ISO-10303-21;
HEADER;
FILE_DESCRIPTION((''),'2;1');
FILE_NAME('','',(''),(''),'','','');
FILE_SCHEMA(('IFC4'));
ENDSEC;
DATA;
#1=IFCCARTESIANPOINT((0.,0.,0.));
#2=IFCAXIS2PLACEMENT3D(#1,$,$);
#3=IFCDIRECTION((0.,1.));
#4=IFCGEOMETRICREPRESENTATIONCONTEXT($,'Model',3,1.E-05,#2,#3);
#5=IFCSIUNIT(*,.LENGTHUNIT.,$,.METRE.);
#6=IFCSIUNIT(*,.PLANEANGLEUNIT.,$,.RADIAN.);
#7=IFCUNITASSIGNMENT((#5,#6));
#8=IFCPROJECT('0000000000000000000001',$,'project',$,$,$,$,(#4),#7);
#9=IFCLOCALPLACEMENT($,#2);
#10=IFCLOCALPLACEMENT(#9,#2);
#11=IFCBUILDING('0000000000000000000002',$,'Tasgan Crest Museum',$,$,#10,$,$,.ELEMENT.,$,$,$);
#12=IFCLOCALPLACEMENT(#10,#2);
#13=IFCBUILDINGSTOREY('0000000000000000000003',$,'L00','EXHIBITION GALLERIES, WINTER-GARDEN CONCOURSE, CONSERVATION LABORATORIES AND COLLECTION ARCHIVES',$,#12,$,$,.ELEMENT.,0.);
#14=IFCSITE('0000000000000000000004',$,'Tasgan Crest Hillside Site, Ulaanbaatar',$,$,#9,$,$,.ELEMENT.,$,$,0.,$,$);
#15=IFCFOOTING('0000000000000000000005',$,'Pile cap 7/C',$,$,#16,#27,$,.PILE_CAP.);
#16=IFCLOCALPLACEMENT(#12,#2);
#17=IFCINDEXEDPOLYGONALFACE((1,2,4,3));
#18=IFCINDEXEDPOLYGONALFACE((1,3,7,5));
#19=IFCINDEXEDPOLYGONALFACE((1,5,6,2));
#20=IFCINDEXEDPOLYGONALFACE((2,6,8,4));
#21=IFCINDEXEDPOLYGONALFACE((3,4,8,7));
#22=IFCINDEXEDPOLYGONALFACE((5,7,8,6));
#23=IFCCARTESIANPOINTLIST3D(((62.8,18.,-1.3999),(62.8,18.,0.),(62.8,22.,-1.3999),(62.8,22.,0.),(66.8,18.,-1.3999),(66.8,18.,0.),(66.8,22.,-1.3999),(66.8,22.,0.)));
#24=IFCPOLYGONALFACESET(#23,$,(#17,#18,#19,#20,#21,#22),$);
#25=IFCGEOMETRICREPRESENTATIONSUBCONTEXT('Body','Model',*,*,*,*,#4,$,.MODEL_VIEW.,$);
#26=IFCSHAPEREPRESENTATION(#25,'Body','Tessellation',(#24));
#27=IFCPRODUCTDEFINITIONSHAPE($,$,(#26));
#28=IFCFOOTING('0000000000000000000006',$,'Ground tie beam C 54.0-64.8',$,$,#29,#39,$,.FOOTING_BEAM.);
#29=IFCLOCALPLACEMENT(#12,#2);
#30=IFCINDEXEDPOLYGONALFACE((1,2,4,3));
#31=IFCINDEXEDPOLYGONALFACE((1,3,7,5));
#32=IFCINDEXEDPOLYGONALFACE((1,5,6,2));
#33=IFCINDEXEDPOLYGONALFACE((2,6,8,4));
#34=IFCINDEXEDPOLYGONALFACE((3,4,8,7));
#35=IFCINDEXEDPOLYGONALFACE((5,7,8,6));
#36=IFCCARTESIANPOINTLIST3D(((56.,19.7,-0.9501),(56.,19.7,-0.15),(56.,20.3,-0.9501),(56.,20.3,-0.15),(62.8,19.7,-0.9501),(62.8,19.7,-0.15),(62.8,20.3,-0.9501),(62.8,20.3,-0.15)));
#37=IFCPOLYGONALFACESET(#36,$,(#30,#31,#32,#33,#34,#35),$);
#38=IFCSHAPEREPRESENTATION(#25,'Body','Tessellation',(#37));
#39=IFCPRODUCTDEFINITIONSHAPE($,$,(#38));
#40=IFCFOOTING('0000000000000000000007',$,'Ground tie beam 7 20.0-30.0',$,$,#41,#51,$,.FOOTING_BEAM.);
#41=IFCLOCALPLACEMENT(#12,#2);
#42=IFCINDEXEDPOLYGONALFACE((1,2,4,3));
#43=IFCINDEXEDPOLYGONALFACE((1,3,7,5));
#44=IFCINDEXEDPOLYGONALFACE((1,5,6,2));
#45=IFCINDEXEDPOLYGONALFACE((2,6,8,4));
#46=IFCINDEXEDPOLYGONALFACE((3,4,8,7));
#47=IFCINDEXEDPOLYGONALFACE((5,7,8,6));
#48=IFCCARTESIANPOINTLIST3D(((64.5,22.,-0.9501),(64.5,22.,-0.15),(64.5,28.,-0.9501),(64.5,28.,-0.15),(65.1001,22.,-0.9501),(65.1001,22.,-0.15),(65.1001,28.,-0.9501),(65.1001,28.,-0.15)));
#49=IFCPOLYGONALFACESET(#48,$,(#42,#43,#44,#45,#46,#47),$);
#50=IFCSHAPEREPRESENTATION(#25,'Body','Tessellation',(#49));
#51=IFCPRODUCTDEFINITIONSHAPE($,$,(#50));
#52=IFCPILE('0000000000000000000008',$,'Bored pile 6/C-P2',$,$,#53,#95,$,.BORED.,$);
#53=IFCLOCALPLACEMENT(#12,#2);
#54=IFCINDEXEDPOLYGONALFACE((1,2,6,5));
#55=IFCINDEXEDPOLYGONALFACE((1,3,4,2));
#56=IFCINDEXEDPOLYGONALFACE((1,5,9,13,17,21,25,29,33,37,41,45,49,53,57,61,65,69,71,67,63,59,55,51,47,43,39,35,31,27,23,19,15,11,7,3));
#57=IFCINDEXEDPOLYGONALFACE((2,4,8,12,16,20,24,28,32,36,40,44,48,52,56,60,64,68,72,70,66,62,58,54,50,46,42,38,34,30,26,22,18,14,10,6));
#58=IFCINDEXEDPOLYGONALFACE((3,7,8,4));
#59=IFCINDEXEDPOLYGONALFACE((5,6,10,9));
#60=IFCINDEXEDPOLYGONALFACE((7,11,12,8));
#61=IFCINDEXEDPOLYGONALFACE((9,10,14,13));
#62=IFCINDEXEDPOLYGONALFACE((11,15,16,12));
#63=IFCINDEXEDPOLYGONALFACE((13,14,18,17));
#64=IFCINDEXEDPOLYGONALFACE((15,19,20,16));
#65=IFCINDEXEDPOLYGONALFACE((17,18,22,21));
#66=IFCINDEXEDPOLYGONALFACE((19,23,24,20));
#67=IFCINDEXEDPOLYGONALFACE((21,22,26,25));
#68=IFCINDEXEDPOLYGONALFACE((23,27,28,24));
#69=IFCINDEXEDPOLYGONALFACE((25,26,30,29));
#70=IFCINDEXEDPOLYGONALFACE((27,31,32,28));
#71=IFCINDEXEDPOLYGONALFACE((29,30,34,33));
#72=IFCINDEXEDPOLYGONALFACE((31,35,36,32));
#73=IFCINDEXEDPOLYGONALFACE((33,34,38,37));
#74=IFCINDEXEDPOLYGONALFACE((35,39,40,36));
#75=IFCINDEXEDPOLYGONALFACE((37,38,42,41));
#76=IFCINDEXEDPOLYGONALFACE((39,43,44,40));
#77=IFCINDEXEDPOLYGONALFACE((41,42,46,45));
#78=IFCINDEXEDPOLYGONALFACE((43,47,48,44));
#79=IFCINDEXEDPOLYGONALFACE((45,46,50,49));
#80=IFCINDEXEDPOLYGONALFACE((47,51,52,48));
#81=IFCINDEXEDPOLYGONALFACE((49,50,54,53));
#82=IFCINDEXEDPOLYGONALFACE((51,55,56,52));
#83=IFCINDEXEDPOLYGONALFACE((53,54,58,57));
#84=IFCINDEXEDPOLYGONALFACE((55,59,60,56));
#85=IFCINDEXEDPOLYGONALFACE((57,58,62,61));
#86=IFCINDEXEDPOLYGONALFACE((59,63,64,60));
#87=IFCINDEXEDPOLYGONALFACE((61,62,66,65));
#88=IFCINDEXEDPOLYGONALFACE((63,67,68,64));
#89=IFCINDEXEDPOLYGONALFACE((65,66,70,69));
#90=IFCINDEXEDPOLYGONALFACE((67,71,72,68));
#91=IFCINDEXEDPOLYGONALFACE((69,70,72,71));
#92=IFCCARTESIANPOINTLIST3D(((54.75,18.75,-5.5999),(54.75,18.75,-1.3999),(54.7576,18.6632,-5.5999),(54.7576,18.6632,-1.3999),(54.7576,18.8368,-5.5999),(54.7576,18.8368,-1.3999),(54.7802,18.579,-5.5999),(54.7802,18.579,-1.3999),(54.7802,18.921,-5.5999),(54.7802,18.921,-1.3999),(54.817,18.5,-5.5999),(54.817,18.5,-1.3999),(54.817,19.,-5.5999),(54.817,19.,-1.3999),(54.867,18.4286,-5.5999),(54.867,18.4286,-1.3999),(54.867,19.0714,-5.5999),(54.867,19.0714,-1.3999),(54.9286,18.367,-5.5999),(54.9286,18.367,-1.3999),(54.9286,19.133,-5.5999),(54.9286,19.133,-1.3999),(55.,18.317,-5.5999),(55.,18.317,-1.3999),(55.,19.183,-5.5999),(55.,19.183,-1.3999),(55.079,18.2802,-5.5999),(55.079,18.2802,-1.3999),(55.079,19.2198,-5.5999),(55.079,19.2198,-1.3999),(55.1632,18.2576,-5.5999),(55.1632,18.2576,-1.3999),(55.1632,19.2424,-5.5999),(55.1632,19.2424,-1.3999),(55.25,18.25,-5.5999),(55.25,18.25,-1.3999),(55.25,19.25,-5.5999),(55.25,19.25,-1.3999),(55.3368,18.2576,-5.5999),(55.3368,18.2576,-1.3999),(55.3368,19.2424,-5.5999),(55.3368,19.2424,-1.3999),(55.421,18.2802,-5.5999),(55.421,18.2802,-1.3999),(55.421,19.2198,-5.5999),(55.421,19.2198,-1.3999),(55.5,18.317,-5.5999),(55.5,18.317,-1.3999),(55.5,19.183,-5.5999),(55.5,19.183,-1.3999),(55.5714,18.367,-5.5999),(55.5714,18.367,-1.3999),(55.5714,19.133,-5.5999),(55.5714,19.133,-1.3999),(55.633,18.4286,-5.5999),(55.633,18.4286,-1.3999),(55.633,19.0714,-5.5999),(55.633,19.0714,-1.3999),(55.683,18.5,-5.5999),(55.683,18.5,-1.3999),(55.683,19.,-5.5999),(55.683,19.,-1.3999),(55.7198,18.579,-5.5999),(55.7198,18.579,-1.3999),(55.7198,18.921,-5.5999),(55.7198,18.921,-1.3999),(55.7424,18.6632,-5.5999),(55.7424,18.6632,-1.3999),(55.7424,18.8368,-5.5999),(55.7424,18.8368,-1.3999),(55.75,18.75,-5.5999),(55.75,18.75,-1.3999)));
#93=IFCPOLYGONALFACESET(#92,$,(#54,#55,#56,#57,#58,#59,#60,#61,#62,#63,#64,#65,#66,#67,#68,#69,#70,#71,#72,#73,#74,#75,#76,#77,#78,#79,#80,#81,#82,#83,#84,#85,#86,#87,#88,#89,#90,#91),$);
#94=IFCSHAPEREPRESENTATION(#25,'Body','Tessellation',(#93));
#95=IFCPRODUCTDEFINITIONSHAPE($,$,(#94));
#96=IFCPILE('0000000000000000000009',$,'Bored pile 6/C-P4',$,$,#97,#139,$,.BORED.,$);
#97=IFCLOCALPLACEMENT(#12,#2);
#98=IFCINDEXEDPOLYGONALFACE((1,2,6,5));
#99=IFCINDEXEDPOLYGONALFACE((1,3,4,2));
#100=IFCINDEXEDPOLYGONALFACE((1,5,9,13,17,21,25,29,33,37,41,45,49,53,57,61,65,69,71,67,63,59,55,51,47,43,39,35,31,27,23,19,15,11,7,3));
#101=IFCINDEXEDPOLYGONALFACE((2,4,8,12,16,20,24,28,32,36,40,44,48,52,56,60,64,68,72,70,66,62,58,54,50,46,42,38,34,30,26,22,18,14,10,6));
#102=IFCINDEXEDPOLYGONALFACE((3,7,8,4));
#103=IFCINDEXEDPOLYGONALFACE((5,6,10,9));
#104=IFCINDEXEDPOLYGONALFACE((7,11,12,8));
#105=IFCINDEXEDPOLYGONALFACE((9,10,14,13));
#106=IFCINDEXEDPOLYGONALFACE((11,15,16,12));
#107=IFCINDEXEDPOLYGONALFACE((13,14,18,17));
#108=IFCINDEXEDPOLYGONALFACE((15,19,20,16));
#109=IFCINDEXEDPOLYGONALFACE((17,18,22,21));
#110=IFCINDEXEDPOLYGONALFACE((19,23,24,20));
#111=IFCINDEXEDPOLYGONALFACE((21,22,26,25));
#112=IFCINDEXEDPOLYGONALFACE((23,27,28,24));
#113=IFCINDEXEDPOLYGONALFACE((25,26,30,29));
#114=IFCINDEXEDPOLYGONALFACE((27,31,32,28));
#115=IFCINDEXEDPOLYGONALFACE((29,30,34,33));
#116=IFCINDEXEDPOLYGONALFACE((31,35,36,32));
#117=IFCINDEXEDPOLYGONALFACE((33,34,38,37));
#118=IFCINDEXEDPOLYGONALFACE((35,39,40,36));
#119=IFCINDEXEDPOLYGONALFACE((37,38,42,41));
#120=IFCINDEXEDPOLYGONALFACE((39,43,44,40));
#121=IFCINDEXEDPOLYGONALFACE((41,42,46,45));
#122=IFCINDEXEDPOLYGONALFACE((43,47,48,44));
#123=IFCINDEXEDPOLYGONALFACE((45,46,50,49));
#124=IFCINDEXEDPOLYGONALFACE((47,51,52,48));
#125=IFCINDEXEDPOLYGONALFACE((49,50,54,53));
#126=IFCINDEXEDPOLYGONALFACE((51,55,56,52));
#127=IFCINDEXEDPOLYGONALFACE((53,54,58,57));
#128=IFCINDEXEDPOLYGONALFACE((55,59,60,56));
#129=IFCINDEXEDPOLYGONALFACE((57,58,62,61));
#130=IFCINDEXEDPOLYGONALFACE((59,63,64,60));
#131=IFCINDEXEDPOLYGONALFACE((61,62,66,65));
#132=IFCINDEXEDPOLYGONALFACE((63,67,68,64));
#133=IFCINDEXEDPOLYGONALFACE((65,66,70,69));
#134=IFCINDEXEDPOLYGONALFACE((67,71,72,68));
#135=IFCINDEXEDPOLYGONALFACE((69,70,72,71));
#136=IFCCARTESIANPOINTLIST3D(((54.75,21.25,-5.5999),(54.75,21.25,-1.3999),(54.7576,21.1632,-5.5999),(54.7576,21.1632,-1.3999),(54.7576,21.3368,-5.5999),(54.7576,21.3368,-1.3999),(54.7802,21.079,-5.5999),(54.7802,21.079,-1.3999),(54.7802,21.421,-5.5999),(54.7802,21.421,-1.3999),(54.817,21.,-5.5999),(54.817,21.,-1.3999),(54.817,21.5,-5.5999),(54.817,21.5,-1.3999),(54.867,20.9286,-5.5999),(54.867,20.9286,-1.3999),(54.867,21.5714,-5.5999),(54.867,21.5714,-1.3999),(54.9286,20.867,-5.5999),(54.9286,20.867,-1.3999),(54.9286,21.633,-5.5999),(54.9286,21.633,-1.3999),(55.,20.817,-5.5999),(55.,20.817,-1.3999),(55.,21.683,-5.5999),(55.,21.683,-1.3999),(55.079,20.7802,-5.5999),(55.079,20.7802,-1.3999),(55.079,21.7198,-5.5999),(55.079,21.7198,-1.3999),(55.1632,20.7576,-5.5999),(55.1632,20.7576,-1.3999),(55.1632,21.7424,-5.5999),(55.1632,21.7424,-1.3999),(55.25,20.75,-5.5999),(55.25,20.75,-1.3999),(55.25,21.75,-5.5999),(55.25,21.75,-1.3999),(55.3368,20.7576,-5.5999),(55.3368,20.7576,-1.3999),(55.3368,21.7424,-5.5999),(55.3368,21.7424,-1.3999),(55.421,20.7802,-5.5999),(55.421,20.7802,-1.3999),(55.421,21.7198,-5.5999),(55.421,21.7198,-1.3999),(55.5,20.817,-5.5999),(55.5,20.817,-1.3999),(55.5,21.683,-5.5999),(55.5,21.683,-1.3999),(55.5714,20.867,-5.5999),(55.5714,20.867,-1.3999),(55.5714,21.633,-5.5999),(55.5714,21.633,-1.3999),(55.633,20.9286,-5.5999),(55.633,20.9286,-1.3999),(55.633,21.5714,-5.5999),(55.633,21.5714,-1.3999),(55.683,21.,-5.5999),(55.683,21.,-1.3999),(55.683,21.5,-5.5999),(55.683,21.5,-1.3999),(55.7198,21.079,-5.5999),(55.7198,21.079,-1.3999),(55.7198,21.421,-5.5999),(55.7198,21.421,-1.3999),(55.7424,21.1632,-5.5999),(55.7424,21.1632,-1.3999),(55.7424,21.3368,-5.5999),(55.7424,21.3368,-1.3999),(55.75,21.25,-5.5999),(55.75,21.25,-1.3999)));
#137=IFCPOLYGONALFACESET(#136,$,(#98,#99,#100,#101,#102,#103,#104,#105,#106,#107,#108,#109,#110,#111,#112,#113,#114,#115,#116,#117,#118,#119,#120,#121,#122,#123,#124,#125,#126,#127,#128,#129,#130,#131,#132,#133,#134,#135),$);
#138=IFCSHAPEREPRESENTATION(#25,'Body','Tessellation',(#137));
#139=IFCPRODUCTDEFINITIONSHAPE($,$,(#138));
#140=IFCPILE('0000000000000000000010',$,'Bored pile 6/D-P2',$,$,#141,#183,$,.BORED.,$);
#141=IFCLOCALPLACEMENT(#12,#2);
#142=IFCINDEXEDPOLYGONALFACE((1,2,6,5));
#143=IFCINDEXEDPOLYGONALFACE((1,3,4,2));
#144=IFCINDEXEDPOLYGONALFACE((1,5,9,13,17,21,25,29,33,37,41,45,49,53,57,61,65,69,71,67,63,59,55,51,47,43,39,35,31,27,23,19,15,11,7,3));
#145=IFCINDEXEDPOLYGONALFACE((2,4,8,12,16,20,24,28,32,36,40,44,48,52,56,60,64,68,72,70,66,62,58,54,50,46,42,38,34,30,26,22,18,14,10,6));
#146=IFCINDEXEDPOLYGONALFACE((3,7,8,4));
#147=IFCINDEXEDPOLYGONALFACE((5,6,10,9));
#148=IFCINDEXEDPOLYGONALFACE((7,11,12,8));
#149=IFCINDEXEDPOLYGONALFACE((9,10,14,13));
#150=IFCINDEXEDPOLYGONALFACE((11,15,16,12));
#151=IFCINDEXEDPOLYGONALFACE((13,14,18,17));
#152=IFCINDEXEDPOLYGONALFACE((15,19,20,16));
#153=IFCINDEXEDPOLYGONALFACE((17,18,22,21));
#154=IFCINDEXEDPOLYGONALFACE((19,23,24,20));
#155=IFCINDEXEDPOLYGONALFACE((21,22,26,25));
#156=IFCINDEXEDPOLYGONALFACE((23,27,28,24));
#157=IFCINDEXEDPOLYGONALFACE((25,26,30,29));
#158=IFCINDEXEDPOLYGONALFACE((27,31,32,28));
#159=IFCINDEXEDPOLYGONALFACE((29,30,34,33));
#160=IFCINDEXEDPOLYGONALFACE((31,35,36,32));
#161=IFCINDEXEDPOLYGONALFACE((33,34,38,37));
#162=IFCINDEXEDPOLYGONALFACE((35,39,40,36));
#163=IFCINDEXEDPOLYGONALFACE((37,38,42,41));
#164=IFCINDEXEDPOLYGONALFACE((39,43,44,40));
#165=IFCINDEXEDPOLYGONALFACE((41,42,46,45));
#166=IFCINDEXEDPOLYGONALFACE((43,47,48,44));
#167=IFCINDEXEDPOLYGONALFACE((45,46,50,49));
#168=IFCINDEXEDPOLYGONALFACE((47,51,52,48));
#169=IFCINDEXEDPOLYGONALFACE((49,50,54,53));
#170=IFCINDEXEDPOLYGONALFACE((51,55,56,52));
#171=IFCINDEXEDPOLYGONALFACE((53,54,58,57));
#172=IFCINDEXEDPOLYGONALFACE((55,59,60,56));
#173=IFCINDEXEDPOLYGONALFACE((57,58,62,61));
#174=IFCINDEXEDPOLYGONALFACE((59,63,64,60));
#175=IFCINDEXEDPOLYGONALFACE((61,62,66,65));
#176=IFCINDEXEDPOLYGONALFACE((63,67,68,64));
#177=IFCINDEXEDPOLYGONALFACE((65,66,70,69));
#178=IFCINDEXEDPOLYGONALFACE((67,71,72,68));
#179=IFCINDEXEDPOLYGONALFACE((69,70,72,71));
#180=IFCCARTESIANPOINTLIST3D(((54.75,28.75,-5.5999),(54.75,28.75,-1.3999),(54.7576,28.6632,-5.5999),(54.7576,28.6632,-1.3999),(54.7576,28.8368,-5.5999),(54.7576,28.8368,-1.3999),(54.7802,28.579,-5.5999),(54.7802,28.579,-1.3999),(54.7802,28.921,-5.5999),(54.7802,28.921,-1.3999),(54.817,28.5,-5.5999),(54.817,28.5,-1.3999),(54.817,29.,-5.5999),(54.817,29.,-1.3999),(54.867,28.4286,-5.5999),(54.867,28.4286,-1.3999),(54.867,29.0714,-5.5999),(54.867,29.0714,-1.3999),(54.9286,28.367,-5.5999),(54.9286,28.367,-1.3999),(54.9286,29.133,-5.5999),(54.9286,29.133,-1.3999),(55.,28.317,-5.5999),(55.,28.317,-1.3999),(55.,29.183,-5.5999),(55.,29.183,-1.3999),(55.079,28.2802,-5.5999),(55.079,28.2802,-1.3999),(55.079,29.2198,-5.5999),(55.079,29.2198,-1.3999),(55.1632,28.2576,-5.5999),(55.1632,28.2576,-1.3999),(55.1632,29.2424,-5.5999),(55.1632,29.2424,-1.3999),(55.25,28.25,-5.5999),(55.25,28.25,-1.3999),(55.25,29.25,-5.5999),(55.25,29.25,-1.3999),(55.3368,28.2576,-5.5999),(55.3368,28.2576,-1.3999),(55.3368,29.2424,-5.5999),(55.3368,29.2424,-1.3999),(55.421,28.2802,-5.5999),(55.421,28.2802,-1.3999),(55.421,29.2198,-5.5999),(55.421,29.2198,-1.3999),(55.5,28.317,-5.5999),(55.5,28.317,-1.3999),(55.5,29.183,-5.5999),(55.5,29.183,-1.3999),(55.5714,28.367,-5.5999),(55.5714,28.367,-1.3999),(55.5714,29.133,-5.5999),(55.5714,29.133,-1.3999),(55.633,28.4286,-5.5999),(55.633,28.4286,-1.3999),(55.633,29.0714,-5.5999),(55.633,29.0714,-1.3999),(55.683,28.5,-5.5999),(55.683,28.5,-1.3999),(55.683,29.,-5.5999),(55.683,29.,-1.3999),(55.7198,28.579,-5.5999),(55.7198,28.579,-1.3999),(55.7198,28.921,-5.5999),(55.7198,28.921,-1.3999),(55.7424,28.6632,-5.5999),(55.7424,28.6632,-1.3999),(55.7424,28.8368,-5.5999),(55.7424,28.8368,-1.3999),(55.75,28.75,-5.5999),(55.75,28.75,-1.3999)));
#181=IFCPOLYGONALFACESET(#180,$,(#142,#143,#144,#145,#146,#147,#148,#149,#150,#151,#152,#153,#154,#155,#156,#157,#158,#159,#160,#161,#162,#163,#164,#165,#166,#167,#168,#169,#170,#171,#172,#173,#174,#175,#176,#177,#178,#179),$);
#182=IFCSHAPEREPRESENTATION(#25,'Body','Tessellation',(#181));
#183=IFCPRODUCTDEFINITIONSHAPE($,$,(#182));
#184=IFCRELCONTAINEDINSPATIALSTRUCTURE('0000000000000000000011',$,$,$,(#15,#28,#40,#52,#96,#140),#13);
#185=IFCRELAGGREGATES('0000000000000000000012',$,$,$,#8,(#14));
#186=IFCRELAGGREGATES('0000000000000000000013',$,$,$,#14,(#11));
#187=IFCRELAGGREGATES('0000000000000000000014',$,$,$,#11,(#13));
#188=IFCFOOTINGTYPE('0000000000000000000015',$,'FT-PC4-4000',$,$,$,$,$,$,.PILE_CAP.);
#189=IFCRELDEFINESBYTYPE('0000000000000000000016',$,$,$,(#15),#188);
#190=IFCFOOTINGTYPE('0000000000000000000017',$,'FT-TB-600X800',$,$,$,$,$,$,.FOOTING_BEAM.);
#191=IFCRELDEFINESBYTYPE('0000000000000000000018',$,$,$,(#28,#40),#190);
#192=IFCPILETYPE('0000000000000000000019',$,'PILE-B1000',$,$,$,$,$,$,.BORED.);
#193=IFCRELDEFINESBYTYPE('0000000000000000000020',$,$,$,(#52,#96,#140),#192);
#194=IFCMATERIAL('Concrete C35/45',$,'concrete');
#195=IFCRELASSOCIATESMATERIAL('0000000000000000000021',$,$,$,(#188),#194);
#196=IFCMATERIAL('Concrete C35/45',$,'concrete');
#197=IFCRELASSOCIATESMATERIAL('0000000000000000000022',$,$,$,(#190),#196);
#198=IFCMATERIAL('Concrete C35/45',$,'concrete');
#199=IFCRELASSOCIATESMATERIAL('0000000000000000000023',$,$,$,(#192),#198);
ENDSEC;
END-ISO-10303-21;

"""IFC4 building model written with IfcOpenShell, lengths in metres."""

from ifc_helpers import new_model, si_unit, direction, frame, origin, origin_2d, place, context, subcontext, project, spatial, rectangle, circle, extrude, material, material_profile, profile_set, type_object, element, save


model = new_model("IFC4")

# Units and contexts
model_context = context("Model", 3, precision=1e-05, world=origin(), true_north=direction((0.0, 1.0)))
body_context = subcontext(model_context, "Body", "Model", "MODEL_VIEW")
ifc_project = project(units=[si_unit("LENGTHUNIT", "METRE"), si_unit("PLANEANGLEUNIT", "RADIAN")], contexts=[model_context])

# Site, building, storey
site_placement = place(None, origin())
site = spatial("IfcSite", under=ifc_project, at=site_placement, Name="Tasgan Crest Hillside Site, Ulaanbaatar", CompositionType="ELEMENT", RefElevation=0.0)
building_placement = place(site_placement, origin())
building = spatial("IfcBuilding", under=site, at=building_placement, Name="Tasgan Crest Museum", CompositionType="ELEMENT")
storey_placement = place(building_placement, origin())
storey = spatial("IfcBuildingStorey", under=building, at=storey_placement, Name="L00", Description="EXHIBITION GALLERIES, WINTER-GARDEN CONCOURSE, CONSERVATION LABORATORIES AND COLLECTION ARCHIVES", CompositionType="ELEMENT", Elevation=0.0)

# Footings
ifc_material_1 = material(Name="Concrete C35/45", Category="concrete")
footing_type_1 = type_object("IfcFootingType", Name="FT-PC4-4000", PredefinedType="PILE_CAP", material=ifc_material_1)
footing_1_placement = place(storey_placement, frame((64.8, 20.0, -1.3999), z_axis=(0.0, 0.0, 1.0), x_axis=(1.0, 0.0, 0.0)))
element("IfcFooting", 1, at=footing_1_placement, inside=storey, type_object=footing_type_1, Name="Pile cap 7/C", PredefinedType="PILE_CAP", context=body_context, shape_type="SweptSolid", body=[
    extrude(rectangle(XDim=4.0, YDim=4.0, at=origin_2d()), origin(), (0.0, 0.0, 1.0), 1.3999),
])
ifc_material_2 = material(Name="Concrete C35/45", Category="concrete")
ifc_material_profile_1 = material_profile(ifc_material_2, rectangle(XDim=0.6001, YDim=0.8, at=origin_2d()), Name="TB 600x800")
ifc_profile_set_1 = profile_set([ifc_material_profile_1], Name="Concrete C35/45")
footing_type_2 = type_object("IfcFootingType", Name="FT-TB-600X800", PredefinedType="FOOTING_BEAM", material=ifc_profile_set_1)
footing_2_placement = place(storey_placement, frame((56.0, 20.0, -0.55), z_axis=(1.0, 0.0, 0.0), x_axis=(0.0, 1.0, 0.0)))
element("IfcFooting", 2, at=footing_2_placement, inside=storey, type_object=footing_type_2, Name="Ground tie beam C 54.0-64.8", PredefinedType="FOOTING_BEAM", context=body_context, shape_type="SweptSolid", body=[
    extrude(rectangle(XDim=0.6001, YDim=0.8, at=origin_2d()), origin(), (0.0, 0.0, 1.0), 6.8),
])
footing_3_placement = place(storey_placement, frame((64.8, 22.0, -0.55), z_axis=(0.0, 1.0, 0.0), x_axis=(-1.0, 0.0, 0.0)))
element("IfcFooting", 3, at=footing_3_placement, inside=storey, type_object=footing_type_2, Name="Ground tie beam 7 20.0-30.0", PredefinedType="FOOTING_BEAM", context=body_context, shape_type="SweptSolid", body=[
    extrude(rectangle(XDim=0.6001, YDim=0.8, at=origin_2d()), origin(), (0.0, 0.0, 1.0), 6.0),
])

# Piles
ifc_material_3 = material(Name="Concrete C35/45", Category="concrete")
ifc_material_profile_2 = material_profile(ifc_material_3, circle(Radius=0.5, at=origin_2d()), Name="PILE D1000")
ifc_profile_set_2 = profile_set([ifc_material_profile_2], Name="Concrete C35/45")
pile_type = type_object("IfcPileType", Name="PILE-B1000", PredefinedType="BORED", material=ifc_profile_set_2)
for number, where, z_axis, x_axis, name in (
    (4, (55.25, 18.75, -1.3999), (0.0, 0.0, -1.0), (1.0, 0.0, 0.0), "Bored pile 6/C-P2"),
    (5, (55.25, 21.25, -1.3999), (0.0, 0.0, -1.0), (1.0, 0.0, 0.0), "Bored pile 6/C-P4"),
    (6, (55.25, 28.75, -1.3999), (0.0, 0.0, -1.0), (1.0, 0.0, 0.0), "Bored pile 6/D-P2"),
):
    element("IfcPile", number, at=place(storey_placement, frame(where, z_axis=z_axis, x_axis=x_axis)), inside=storey, type_object=pile_type, Name=name, PredefinedType="BORED", context=body_context, shape_type="SweptSolid", body=[
        extrude(circle(Radius=0.5, at=origin_2d()), origin(), (0.0, 0.0, 1.0), 4.2),
    ])

save(model, "model.ifc")
